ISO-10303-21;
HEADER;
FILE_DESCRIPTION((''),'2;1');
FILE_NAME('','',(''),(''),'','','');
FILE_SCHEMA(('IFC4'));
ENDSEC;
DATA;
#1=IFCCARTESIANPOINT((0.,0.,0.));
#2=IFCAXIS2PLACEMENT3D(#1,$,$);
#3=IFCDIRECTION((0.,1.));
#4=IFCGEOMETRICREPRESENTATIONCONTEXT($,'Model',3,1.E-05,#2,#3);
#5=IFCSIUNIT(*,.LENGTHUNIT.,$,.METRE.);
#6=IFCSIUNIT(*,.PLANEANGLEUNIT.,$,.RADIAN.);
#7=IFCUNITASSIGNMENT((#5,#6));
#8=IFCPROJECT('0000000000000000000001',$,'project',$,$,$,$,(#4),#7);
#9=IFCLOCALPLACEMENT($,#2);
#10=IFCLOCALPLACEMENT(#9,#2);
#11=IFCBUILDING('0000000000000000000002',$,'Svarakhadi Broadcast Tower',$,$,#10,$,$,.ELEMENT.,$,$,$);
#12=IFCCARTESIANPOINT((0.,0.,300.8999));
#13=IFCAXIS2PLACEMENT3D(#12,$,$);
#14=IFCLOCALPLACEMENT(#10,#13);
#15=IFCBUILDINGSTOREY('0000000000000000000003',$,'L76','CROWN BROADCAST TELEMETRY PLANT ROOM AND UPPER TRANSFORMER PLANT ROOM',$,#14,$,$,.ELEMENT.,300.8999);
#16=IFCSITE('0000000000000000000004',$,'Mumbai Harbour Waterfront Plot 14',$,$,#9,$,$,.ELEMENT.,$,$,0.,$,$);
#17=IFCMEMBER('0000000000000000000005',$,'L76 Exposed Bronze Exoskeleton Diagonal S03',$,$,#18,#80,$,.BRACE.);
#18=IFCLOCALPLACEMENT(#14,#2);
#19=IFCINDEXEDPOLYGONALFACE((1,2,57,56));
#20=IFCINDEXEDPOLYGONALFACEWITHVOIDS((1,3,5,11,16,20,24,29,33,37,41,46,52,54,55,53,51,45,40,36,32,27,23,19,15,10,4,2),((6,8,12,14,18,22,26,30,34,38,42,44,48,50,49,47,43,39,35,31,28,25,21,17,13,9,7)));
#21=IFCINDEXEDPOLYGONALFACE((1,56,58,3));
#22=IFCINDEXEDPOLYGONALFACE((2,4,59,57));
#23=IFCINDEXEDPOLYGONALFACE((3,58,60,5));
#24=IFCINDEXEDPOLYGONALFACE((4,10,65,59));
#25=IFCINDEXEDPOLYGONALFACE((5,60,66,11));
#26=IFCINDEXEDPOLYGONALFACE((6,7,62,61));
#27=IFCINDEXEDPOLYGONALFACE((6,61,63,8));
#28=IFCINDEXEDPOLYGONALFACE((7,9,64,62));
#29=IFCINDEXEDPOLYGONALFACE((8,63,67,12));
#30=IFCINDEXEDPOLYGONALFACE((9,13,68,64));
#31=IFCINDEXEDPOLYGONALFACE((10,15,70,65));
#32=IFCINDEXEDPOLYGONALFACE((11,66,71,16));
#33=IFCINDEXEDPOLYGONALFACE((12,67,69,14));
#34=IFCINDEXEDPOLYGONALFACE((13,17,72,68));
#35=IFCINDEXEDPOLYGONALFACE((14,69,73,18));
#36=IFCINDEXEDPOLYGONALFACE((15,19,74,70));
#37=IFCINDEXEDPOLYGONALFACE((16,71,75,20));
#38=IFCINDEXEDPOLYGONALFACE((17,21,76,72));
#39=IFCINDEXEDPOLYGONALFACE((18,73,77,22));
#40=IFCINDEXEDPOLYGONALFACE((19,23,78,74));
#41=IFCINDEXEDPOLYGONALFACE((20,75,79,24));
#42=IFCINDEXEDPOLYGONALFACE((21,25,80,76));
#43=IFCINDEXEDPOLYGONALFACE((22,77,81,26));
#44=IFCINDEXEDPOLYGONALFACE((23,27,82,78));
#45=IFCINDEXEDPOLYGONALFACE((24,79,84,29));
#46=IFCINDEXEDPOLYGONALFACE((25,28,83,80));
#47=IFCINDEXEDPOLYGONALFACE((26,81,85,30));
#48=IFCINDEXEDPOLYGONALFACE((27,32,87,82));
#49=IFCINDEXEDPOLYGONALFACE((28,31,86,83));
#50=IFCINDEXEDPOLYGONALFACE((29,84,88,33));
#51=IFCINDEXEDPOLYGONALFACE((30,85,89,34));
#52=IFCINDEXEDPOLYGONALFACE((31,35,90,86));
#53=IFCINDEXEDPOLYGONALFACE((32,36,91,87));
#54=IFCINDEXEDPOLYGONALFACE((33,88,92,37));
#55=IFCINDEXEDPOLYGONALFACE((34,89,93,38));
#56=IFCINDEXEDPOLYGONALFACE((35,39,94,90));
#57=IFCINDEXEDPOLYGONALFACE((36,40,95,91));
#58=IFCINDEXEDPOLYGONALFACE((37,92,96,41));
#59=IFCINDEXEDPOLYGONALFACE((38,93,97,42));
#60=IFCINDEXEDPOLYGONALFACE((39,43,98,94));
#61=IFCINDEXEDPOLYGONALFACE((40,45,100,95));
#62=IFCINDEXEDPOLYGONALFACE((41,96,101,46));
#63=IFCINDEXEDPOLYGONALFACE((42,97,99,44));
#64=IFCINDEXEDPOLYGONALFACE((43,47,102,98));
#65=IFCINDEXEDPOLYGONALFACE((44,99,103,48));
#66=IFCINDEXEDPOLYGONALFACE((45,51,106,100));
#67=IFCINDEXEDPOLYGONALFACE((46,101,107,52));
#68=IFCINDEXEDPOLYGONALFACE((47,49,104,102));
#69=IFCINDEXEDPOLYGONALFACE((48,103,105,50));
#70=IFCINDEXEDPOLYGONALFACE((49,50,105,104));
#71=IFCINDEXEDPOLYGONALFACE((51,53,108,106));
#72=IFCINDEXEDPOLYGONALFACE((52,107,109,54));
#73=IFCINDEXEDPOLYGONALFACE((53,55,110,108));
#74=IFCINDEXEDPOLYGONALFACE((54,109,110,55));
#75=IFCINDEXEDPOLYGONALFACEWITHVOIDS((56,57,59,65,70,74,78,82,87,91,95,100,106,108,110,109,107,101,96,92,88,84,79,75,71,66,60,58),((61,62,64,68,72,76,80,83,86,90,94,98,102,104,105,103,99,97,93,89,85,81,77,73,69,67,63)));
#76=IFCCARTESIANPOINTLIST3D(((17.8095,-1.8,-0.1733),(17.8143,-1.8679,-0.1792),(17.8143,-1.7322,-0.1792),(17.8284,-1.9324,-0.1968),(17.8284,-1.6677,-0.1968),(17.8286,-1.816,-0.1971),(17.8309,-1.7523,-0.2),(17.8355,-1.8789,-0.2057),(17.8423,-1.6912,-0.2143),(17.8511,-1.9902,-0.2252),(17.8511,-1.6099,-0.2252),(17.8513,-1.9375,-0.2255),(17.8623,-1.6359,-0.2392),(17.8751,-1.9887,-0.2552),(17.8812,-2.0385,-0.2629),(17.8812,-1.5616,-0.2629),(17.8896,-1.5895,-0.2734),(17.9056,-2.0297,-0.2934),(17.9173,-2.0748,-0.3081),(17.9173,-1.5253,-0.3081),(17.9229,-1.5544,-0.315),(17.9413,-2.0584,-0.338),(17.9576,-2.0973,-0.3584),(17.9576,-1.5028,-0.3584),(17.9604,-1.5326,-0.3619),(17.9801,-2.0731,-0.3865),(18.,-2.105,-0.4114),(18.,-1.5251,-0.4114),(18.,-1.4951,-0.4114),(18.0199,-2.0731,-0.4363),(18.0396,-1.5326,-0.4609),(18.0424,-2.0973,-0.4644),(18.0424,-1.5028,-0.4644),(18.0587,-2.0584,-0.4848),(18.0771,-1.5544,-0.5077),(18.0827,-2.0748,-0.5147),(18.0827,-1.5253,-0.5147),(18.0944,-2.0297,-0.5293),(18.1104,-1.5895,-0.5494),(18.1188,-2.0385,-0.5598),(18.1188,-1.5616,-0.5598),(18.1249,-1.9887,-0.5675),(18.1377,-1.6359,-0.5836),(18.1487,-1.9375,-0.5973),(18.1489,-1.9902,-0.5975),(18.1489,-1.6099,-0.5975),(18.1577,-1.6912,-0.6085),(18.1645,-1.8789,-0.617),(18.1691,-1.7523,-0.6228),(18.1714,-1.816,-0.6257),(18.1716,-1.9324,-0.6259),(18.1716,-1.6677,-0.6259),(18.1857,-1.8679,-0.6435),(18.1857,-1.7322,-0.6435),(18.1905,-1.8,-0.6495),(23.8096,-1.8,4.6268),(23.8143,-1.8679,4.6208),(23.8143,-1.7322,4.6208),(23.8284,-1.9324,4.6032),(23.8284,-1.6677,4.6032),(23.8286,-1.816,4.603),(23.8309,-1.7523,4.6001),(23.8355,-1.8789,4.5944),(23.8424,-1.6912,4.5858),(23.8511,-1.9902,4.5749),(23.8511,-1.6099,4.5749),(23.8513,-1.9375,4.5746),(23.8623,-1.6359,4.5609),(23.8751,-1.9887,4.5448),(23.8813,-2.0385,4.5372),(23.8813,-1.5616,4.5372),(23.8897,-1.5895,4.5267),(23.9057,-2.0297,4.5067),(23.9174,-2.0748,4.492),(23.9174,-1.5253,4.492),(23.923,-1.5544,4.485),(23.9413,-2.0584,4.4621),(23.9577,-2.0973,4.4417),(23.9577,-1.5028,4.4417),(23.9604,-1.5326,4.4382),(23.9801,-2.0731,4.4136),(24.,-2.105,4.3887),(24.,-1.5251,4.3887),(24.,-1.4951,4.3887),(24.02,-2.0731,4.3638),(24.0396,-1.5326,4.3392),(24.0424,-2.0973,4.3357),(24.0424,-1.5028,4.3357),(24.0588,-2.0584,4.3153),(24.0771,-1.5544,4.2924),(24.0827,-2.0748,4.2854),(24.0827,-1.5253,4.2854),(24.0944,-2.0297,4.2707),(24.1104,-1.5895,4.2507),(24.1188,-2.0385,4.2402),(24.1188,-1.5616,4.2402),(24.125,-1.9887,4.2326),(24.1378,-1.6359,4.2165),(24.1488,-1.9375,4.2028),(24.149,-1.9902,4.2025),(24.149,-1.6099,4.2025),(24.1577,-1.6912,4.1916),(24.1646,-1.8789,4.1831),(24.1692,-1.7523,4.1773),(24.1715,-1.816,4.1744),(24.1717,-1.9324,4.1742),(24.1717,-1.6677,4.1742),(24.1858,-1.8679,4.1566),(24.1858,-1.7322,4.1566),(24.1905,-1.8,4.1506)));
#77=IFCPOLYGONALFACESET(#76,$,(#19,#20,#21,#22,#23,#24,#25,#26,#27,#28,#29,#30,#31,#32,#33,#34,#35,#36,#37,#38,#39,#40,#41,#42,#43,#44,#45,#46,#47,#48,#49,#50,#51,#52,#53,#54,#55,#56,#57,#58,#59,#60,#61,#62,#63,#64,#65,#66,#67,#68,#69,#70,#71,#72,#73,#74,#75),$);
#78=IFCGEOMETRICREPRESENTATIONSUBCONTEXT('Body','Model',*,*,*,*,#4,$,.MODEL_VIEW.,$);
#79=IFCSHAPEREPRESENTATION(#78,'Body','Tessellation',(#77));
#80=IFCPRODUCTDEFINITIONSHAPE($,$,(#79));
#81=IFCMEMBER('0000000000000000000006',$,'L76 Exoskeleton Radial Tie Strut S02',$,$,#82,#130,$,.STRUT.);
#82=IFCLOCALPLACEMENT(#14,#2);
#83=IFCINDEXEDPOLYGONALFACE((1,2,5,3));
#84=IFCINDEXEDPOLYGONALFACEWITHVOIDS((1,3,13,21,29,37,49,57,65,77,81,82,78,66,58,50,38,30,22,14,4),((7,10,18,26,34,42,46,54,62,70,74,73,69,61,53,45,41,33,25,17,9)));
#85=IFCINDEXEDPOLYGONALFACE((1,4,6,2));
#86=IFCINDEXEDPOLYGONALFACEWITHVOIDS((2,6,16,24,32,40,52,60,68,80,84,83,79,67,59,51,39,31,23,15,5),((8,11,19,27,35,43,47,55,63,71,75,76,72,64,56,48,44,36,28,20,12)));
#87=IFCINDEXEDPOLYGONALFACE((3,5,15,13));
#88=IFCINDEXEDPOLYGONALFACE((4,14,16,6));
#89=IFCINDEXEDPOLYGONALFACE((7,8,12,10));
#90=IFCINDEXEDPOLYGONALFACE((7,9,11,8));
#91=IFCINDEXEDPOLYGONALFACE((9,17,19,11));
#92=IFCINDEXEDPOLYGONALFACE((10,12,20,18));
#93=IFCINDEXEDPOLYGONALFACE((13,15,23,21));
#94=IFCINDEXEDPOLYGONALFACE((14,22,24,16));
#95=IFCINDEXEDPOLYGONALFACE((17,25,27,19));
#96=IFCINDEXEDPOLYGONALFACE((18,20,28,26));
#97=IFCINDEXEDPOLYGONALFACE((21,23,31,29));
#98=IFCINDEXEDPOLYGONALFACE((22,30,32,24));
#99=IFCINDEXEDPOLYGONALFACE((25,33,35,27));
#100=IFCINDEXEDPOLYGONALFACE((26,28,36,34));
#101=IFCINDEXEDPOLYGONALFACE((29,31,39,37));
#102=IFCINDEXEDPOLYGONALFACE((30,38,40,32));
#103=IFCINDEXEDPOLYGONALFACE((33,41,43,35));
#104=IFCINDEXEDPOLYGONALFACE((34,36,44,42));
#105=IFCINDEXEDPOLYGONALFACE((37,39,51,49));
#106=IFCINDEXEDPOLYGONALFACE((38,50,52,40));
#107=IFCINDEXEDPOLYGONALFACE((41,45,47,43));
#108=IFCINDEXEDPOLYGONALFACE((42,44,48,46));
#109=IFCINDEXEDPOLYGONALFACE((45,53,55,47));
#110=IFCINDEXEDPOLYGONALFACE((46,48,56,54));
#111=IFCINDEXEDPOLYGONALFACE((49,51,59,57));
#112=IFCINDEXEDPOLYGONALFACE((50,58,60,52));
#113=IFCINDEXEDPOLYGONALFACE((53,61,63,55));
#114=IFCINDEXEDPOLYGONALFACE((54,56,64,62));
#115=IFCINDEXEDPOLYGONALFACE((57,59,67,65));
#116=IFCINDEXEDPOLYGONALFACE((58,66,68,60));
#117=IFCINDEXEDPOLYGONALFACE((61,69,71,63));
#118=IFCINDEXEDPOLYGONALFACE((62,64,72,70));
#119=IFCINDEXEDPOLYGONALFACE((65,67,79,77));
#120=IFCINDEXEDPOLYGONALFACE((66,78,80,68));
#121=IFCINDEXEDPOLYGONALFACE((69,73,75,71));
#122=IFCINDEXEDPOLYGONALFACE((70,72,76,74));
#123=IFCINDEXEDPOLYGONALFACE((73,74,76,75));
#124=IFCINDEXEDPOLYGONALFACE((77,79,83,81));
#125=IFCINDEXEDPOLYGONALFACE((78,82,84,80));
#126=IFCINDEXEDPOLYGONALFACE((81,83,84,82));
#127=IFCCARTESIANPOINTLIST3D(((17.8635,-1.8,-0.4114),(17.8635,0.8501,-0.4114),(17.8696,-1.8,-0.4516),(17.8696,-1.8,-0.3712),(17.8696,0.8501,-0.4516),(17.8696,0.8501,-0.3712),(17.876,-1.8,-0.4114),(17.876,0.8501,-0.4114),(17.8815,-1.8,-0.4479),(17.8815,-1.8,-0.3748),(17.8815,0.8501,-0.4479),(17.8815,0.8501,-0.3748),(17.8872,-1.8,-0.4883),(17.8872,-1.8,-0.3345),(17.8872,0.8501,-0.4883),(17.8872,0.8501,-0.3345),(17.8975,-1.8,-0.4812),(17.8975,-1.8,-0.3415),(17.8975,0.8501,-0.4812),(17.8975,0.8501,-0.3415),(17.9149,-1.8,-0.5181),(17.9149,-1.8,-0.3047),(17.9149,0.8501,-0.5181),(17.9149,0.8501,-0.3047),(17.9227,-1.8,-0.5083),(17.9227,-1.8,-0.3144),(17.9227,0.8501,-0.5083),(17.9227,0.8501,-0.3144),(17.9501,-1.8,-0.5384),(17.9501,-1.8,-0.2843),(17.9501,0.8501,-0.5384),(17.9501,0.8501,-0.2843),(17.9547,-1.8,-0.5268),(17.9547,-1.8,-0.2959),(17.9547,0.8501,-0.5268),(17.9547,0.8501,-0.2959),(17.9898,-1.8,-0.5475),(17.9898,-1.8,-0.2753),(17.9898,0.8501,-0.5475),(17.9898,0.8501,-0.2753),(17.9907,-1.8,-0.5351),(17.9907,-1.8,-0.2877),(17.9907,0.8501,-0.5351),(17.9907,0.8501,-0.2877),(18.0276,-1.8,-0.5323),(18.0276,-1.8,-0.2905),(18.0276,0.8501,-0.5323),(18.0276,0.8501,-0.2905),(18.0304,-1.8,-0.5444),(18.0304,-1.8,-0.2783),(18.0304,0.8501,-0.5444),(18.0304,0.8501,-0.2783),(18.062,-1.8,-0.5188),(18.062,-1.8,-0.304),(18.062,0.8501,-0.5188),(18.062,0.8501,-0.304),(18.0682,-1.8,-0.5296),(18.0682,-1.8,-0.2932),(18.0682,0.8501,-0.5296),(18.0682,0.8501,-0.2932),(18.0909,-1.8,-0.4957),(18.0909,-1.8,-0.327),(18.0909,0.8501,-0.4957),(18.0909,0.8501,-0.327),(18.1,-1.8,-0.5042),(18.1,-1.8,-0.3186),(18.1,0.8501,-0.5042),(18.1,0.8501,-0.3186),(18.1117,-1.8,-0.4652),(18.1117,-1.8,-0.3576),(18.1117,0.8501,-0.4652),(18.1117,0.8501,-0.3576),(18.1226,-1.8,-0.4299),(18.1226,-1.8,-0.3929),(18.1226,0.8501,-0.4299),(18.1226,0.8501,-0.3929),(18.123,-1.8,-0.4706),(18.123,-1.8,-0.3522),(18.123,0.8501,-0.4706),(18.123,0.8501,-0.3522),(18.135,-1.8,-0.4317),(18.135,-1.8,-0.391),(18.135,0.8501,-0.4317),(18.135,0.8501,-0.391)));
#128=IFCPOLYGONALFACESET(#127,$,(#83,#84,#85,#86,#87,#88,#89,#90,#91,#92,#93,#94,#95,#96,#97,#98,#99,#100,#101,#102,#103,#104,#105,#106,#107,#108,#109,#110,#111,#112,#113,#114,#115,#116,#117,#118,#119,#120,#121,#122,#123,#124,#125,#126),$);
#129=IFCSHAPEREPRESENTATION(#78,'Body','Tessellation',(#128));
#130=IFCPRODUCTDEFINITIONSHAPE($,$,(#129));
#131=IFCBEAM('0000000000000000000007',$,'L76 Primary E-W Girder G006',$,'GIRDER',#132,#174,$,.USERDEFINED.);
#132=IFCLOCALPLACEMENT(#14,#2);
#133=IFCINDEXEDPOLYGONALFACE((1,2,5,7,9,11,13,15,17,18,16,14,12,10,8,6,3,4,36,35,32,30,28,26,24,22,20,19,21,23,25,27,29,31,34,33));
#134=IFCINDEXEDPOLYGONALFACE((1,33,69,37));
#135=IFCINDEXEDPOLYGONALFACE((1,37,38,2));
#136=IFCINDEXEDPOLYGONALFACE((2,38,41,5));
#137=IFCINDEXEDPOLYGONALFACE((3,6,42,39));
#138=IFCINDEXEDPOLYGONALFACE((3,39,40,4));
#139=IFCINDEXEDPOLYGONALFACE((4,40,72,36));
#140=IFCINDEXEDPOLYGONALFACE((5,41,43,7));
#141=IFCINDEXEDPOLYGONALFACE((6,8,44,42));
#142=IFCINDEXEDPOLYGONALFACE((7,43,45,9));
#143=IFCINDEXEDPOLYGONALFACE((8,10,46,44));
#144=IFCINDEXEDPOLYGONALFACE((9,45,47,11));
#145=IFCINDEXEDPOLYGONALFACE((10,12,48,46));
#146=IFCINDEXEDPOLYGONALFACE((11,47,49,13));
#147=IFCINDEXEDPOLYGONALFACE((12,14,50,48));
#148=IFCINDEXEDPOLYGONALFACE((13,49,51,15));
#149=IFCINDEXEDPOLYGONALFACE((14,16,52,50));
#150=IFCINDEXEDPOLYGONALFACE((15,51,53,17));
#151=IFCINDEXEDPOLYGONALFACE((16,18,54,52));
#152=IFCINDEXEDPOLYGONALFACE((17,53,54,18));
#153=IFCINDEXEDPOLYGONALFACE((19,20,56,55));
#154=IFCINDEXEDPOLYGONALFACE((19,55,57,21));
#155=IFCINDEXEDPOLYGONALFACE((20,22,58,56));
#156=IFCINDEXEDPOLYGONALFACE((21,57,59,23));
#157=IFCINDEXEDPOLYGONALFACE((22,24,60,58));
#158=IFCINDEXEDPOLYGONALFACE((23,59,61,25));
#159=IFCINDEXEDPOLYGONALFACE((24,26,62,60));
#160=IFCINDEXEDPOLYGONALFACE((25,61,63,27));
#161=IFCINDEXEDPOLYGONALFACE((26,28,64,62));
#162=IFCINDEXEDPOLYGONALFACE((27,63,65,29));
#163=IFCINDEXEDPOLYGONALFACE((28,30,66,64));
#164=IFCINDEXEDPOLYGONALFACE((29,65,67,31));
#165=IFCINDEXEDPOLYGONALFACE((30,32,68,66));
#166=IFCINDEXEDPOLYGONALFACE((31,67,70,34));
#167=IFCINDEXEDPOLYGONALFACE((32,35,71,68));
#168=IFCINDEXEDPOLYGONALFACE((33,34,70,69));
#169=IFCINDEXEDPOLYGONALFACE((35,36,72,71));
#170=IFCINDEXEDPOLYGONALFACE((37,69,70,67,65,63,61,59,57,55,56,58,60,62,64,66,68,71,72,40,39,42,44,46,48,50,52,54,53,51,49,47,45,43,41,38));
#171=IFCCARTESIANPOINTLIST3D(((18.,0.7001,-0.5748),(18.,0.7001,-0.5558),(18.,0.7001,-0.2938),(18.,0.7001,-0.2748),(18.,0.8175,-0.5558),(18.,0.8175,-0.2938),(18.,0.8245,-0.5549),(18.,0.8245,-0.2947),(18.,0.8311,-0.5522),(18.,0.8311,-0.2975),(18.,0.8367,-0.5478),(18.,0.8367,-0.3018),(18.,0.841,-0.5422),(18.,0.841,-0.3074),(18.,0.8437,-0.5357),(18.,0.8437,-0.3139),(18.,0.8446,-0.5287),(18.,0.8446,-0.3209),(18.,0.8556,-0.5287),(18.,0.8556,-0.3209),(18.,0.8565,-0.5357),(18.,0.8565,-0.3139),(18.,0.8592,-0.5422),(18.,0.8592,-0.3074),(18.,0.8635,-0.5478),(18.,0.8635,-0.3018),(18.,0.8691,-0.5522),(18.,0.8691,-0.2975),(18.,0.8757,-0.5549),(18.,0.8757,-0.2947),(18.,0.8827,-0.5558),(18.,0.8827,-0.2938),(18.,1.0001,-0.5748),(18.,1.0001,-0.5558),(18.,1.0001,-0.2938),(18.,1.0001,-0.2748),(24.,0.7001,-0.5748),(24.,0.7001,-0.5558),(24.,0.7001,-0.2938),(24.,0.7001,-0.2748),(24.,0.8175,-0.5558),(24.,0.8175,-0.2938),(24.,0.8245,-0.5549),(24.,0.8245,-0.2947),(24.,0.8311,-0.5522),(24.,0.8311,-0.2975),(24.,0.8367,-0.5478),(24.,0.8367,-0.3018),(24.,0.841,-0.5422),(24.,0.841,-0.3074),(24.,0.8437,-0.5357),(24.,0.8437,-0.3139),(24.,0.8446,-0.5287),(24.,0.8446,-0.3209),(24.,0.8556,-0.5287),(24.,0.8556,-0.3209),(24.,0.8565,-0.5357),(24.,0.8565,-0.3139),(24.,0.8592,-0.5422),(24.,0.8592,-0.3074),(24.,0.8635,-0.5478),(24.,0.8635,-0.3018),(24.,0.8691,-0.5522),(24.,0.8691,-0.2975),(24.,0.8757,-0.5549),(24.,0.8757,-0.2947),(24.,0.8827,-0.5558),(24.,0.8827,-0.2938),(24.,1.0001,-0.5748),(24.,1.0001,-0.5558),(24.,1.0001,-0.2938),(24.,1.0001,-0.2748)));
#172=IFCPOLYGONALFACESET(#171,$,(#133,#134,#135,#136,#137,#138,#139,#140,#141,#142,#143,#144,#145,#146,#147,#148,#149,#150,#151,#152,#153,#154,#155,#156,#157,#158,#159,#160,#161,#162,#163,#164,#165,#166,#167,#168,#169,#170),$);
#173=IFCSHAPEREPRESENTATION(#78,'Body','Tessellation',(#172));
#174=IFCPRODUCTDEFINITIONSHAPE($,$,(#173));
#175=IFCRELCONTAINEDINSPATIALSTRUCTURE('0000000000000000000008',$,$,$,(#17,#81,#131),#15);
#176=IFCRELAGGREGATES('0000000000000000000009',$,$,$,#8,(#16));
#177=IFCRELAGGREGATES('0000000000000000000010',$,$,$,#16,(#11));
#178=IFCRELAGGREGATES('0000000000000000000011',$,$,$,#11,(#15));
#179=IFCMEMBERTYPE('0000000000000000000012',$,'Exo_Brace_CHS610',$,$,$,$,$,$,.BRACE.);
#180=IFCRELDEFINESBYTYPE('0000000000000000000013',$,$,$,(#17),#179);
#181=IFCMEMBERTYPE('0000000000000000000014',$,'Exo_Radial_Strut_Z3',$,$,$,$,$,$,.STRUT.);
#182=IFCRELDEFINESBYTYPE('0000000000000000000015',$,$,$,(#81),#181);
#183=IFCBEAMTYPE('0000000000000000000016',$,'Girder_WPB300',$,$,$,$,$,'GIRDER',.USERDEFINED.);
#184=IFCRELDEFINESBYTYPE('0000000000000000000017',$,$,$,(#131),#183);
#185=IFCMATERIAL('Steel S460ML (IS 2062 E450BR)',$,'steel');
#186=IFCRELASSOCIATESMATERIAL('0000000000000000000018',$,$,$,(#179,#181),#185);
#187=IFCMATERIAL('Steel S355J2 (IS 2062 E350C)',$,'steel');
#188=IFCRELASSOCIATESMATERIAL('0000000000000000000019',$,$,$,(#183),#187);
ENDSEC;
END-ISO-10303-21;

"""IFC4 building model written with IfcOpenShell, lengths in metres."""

from ifc_helpers import new_model, si_unit, direction, frame, origin, origin_2d, place, context, subcontext, project, spatial, hollow_circle, i_section, extrude, material, material_profile, profile_set, type_object, element, save


model = new_model("IFC4")

# Units and contexts
model_context = context("Model", 3, precision=1e-05, world=origin(), true_north=direction((0.0, 1.0)))
body_context = subcontext(model_context, "Body", "Model", "MODEL_VIEW")
ifc_project = project(units=[si_unit("LENGTHUNIT", "METRE"), si_unit("PLANEANGLEUNIT", "RADIAN")], contexts=[model_context])

# Site, building, storey
site_placement = place(None, origin())
site = spatial("IfcSite", under=ifc_project, at=site_placement, Name="Mumbai Harbour Waterfront Plot 14", CompositionType="ELEMENT", RefElevation=0.0)
building_placement = place(site_placement, origin())
building = spatial("IfcBuilding", under=site, at=building_placement, Name="Svarakhadi Broadcast Tower", CompositionType="ELEMENT")
storey_placement = place(building_placement, frame((0.0, 0.0, 300.8999)))
storey = spatial("IfcBuildingStorey", under=building, at=storey_placement, Name="L76", Description="CROWN BROADCAST TELEMETRY PLANT ROOM AND UPPER TRANSFORMER PLANT ROOM", CompositionType="ELEMENT", Elevation=300.8999)

# Shared definitions
ifc_material_1 = material(Name="Steel S460ML (IS 2062 E450BR)", Category="steel")

# Shared definitions
ifc_material_2 = material(Name="Steel S355J2 (IS 2062 E350C)", Category="steel")

# Members
ifc_material_profile_1 = material_profile(ifc_material_1, hollow_circle(Radius=0.3049, WallThickness=0.03, at=origin_2d()), Name="CHS 610x30")
ifc_profile_set_1 = profile_set([ifc_material_profile_1], Name="Steel S460ML (IS 2062 E450BR)")
member_type_1 = type_object("IfcMemberType", Name="Exo_Brace_CHS610", PredefinedType="BRACE", material=ifc_profile_set_1)
for number, where, z_axis, x_axis, name in (
    (1, (18.0, -1.8, -0.4114), (0.780866, 0.0, 0.624699), (0.0, 1.0, 0.0), "L76 Exposed Bronze Exoskeleton Diagonal S03"),
):
    element("IfcMember", number, at=place(storey_placement, frame(where, z_axis=z_axis, x_axis=x_axis)), inside=storey, type_object=member_type_1, Name=name, PredefinedType="BRACE", context=body_context, shape_type="SweptSolid", body=[
        extrude(hollow_circle(Radius=0.3049, WallThickness=0.03, at=origin_2d()), origin(), (0.0, 0.0, 1.0), 7.6838),
    ])
ifc_material_profile_2 = material_profile(ifc_material_1, hollow_circle(Radius=0.1365, WallThickness=0.0125, at=origin_2d()), Name="CHS 273x12.5")
ifc_profile_set_2 = profile_set([ifc_material_profile_2], Name="Steel S460ML (IS 2062 E450BR)")
member_type_2 = type_object("IfcMemberType", Name="Exo_Radial_Strut_Z3", PredefinedType="STRUT", material=ifc_profile_set_2)
member_placement = place(storey_placement, frame((18.0, -1.8, -0.4114), z_axis=(0.0, 1.0, 0.0), x_axis=(-1.0, 0.0, 0.0)))
element("IfcMember", 2, at=member_placement, inside=storey, type_object=member_type_2, Name="L76 Exoskeleton Radial Tie Strut S02", PredefinedType="STRUT", context=body_context, shape_type="SweptSolid", body=[
    extrude(hollow_circle(Radius=0.1365, WallThickness=0.0125, at=origin_2d()), origin(), (0.0, 0.0, 1.0), 2.6501),
])

# Beam
ifc_material_profile_3 = material_profile(ifc_material_2, i_section(OverallWidth=0.3, OverallDepth=0.3, WebThickness=0.011, FlangeThickness=0.019, FilletRadius=0.0271, at=origin_2d()), Name="WPB 300x300x117")
ifc_profile_set_3 = profile_set([ifc_material_profile_3], Name="Steel S355J2 (IS 2062 E350C)")
beam_type_1 = type_object("IfcBeamType", Name="Girder_WPB300", ElementType="GIRDER", PredefinedType="USERDEFINED", material=ifc_profile_set_3)
for number, where, z_axis, x_axis, name in (
    (3, (18.0, 0.8501, -0.4248), (1.0, 0.0, 0.0), (0.0, 1.0, 0.0), "L76 Primary E-W Girder G006"),
):
    element("IfcBeam", number, at=place(storey_placement, frame(where, z_axis=z_axis, x_axis=x_axis)), inside=storey, type_object=beam_type_1, Name=name, ObjectType="GIRDER", PredefinedType="USERDEFINED", context=body_context, shape_type="SweptSolid", body=[
        extrude(i_section(OverallWidth=0.3, OverallDepth=0.3, WebThickness=0.011, FlangeThickness=0.019, FilletRadius=0.0271, at=origin_2d()), origin(), (0.0, 0.0, 1.0), 6.0),
    ])

save(model, "model.ifc")
